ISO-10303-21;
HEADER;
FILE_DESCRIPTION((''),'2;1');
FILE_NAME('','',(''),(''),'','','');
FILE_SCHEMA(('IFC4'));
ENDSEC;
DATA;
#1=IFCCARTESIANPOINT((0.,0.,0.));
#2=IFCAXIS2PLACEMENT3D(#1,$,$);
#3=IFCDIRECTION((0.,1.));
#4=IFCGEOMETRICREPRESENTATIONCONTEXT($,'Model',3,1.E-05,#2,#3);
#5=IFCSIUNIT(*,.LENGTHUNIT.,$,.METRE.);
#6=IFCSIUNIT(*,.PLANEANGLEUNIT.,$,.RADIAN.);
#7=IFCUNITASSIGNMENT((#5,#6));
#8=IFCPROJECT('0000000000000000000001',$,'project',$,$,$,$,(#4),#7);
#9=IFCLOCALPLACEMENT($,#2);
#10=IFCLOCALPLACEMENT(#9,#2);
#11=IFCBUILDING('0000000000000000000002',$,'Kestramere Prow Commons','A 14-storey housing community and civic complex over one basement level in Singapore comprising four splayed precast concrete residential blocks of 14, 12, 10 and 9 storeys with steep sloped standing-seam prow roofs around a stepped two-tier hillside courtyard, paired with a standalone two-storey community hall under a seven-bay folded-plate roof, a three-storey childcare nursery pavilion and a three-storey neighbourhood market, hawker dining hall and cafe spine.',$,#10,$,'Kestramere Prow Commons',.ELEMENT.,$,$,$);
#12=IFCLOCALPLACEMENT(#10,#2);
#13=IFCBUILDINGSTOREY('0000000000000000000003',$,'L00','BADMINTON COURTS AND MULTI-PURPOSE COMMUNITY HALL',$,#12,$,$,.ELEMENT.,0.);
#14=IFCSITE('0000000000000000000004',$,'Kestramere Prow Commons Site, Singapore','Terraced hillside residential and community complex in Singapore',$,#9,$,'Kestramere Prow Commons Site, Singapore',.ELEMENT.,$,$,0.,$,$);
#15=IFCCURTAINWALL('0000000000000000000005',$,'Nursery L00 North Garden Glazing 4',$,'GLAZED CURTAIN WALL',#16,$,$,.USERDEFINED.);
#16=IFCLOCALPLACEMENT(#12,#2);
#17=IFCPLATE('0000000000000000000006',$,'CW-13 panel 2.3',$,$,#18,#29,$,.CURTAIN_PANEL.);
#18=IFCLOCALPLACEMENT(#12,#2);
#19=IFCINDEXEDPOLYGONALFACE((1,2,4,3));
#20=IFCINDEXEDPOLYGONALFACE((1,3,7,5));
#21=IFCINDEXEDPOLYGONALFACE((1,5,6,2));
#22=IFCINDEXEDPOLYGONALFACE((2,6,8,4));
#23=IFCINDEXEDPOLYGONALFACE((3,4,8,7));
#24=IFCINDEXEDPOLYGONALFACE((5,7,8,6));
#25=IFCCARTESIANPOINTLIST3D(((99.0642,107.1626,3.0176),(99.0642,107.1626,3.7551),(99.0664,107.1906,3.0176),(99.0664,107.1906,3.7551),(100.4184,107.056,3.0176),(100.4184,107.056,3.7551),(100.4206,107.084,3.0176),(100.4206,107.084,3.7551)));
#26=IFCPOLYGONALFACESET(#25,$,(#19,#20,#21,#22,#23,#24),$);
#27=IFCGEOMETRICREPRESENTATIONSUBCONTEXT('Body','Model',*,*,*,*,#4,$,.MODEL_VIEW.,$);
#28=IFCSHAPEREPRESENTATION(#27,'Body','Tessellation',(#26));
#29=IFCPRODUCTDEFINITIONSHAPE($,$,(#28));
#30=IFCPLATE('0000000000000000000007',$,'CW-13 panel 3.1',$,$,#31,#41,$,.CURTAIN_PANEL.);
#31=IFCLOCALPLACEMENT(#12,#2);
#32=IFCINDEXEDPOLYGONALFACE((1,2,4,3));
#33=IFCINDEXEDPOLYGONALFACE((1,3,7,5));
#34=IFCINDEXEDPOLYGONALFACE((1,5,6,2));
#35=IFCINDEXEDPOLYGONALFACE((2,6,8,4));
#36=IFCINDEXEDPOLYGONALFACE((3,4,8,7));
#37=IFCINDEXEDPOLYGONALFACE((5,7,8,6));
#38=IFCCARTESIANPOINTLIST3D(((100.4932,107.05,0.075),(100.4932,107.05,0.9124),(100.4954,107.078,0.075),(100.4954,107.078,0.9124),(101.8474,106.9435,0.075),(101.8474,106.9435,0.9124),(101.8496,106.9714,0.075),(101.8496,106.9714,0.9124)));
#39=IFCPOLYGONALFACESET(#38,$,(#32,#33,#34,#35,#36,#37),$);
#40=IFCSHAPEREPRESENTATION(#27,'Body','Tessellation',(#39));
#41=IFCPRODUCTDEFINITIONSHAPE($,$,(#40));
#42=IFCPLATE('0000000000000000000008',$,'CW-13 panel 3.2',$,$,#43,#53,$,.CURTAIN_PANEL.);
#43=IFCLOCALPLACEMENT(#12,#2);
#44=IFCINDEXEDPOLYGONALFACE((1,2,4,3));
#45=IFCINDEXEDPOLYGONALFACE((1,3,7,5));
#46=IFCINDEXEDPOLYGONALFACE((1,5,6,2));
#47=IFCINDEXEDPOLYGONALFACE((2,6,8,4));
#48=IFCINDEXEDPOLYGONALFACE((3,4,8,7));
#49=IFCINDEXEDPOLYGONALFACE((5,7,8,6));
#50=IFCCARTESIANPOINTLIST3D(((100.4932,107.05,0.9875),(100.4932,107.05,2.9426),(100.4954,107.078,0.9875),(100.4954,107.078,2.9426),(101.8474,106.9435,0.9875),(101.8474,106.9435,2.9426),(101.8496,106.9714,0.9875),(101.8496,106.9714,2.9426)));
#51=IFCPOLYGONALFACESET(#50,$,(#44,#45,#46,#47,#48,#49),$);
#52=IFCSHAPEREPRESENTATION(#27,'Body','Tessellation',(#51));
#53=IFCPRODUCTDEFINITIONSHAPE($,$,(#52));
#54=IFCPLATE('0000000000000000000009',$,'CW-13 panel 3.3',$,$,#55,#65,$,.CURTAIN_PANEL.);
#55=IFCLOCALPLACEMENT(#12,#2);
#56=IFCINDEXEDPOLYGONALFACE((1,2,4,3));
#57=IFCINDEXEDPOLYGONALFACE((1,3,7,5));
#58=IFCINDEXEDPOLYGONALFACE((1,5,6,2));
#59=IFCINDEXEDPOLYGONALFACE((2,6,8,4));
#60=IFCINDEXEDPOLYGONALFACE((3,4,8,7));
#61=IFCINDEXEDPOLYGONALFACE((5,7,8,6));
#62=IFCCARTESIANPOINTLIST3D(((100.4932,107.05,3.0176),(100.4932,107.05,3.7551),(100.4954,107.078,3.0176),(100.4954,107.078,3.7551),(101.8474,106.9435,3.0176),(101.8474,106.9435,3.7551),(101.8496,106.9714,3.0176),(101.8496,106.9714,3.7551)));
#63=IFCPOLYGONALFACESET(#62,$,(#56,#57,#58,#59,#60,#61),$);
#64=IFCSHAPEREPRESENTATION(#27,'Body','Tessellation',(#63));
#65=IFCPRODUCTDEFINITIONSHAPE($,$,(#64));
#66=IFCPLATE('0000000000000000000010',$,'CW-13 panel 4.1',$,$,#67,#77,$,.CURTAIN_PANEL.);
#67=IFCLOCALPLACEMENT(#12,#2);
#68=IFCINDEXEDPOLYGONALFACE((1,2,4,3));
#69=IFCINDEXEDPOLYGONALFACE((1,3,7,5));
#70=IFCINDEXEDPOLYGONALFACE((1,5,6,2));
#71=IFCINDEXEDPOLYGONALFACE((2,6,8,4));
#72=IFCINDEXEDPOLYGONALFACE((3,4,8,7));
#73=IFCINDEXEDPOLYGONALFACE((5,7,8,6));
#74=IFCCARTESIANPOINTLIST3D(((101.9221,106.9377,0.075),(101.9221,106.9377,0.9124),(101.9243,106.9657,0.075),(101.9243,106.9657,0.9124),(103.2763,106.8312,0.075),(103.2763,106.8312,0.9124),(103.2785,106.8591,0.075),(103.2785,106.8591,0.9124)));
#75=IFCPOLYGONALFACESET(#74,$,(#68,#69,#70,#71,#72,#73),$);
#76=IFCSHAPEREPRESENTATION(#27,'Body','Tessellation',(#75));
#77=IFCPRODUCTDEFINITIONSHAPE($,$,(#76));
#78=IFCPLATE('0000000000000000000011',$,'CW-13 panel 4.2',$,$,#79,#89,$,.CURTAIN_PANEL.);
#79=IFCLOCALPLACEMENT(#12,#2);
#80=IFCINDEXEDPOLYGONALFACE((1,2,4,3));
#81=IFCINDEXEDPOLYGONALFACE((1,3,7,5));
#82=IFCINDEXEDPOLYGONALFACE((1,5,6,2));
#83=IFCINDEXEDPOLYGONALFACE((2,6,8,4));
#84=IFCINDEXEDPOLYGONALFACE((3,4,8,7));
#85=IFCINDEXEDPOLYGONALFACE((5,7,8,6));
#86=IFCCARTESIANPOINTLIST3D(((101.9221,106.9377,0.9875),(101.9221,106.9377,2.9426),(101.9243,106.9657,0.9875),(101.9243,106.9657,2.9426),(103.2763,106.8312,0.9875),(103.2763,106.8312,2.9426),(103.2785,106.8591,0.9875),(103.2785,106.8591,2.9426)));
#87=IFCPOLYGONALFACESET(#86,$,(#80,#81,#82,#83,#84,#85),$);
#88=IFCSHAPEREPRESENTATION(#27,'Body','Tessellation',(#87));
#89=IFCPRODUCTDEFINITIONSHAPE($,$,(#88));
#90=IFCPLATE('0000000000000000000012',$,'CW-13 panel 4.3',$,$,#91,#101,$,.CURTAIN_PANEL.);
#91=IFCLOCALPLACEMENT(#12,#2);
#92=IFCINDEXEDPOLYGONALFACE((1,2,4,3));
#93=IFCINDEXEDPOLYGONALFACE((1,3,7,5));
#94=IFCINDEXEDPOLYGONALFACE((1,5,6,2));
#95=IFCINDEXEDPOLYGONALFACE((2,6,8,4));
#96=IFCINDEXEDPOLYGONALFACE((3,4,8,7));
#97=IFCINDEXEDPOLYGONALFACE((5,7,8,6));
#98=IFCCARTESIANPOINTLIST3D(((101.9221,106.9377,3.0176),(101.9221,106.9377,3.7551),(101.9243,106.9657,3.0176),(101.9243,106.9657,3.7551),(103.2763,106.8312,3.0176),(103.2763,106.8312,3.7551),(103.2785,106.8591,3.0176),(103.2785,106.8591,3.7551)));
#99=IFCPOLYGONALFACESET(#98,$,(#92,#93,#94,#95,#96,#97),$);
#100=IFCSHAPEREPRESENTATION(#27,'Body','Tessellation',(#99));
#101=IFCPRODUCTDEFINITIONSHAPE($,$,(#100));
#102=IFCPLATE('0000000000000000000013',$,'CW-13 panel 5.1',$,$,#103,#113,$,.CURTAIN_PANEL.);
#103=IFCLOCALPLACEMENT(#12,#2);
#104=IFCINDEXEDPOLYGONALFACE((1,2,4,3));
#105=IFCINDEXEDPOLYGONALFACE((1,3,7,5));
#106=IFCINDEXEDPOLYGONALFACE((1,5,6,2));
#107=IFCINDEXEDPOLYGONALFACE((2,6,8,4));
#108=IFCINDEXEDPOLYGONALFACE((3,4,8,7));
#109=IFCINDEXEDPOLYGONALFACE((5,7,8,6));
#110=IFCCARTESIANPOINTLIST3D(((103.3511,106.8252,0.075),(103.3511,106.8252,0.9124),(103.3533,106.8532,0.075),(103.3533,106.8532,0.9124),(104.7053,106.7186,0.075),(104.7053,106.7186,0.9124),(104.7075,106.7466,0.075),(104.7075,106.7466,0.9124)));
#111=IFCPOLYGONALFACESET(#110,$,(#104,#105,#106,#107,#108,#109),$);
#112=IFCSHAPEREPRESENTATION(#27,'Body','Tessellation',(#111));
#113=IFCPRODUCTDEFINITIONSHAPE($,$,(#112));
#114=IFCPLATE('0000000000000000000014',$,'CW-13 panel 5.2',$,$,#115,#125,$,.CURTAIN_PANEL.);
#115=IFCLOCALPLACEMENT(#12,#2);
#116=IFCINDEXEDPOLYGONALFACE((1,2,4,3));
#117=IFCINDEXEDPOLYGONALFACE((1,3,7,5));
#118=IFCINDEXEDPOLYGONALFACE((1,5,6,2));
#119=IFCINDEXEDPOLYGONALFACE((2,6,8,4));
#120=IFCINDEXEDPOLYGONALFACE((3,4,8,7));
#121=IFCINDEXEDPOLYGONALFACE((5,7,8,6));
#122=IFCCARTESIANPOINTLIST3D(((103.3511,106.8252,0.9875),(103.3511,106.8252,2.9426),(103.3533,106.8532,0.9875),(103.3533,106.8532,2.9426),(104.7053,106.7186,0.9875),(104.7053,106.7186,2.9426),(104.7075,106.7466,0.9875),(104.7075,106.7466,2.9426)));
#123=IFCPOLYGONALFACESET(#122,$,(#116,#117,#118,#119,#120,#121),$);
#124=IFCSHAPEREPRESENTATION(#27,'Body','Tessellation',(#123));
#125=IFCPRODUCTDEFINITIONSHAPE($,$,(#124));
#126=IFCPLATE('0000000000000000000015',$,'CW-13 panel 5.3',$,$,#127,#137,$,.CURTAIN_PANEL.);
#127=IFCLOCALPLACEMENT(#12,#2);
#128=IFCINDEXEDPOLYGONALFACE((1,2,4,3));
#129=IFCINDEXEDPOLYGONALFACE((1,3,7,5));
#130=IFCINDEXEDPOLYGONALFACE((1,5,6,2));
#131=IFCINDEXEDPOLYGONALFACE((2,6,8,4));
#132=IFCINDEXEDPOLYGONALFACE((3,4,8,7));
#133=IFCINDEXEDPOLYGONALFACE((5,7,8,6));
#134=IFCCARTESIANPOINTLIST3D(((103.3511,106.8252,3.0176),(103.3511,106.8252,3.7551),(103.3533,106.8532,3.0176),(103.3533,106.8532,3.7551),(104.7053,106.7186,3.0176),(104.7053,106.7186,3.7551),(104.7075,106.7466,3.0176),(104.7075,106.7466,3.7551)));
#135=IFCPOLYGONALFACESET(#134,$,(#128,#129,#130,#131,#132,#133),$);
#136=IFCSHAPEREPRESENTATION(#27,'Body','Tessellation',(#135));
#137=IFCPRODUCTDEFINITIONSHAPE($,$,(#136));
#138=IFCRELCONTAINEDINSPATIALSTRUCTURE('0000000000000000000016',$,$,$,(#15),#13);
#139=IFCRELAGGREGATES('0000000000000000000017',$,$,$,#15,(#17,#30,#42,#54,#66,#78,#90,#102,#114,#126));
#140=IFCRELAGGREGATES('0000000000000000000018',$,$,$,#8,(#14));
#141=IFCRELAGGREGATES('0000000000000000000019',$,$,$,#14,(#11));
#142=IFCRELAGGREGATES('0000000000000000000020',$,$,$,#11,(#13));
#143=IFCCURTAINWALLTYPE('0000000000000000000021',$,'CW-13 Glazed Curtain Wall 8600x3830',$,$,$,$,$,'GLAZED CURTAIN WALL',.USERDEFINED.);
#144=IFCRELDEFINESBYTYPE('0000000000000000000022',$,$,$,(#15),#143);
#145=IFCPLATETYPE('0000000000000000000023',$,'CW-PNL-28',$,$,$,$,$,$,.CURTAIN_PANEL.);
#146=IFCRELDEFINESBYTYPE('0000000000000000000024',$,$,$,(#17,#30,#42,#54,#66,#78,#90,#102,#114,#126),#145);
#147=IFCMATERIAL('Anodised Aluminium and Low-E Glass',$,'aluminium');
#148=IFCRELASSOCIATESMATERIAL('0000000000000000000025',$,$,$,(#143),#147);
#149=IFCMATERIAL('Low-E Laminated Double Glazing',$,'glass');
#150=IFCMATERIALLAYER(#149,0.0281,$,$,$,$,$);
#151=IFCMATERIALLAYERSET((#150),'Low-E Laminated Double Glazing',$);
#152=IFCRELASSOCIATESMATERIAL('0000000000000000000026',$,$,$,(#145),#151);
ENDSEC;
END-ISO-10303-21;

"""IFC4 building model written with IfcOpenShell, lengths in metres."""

from ifc_helpers import new_model, si_unit, direction, frame, origin, origin_2d, place, context, subcontext, project, spatial, rectangle, extrude, material, layer, layer_set, type_object, element, aggregate, save


model = new_model("IFC4")

# Units and contexts
model_context = context("Model", 3, precision=1e-05, world=origin(), true_north=direction((0.0, 1.0)))
body_context = subcontext(model_context, "Body", "Model", "MODEL_VIEW")
ifc_project = project(units=[si_unit("LENGTHUNIT", "METRE"), si_unit("PLANEANGLEUNIT", "RADIAN")], contexts=[model_context])

# Site, building, storey
site_placement = place(None, origin())
site = spatial("IfcSite", under=ifc_project, at=site_placement, Name="Kestramere Prow Commons Site, Singapore", Description="Terraced hillside residential and community complex in Singapore", LongName="Kestramere Prow Commons Site, Singapore", CompositionType="ELEMENT", RefElevation=0.0)
building_placement = place(site_placement, origin())
building = spatial("IfcBuilding", under=site, at=building_placement, Name="Kestramere Prow Commons", Description="A 14-storey housing community and civic complex over one basement level in Singapore comprising four splayed precast concrete residential blocks of 14, 12, 10 and 9 storeys with steep sloped standing-seam prow roofs around a stepped two-tier hillside courtyard, paired with a standalone two-storey community hall under a seven-bay folded-plate roof, a three-storey childcare nursery pavilion and a three-storey neighbourhood market, hawker dining hall and cafe spine.", LongName="Kestramere Prow Commons", CompositionType="ELEMENT")
storey_placement = place(building_placement, origin())
storey = spatial("IfcBuildingStorey", under=building, at=storey_placement, Name="L00", Description="BADMINTON COURTS AND MULTI-PURPOSE COMMUNITY HALL", CompositionType="ELEMENT", Elevation=0.0)

# Curtain wall, plates
ifc_material_1 = material(Name="Anodised Aluminium and Low-E Glass", Category="aluminium")
curtain_wall_type = type_object("IfcCurtainWallType", Name="CW-13 Glazed Curtain Wall 8600x3830", ElementType="GLAZED CURTAIN WALL", PredefinedType="USERDEFINED", material=ifc_material_1)
curtain_wall_placement = place(storey_placement, origin())
curtain_wall = element("IfcCurtainWall", 1, at=curtain_wall_placement, inside=storey, type_object=curtain_wall_type, Name="Nursery L00 North Garden Glazing 4", ObjectType="GLAZED CURTAIN WALL", PredefinedType="USERDEFINED")
ifc_material_2 = material(Name="Low-E Laminated Double Glazing", Category="glass")
ifc_layer = layer(ifc_material_2, 0.0281)
ifc_layer_set = layer_set([ifc_layer], Name="Low-E Laminated Double Glazing")
plate_type = type_object("IfcPlateType", Name="CW-PNL-28", PredefinedType="CURTAIN_PANEL", material=ifc_layer_set)
plate_1_placement = place(storey_placement, frame((99.7424, 107.1233, 3.0176), z_axis=(0.0, 0.0, 1.0), x_axis=(0.996917, -0.078459, 0.0)))
plate_1 = element("IfcPlate", 2, at=plate_1_placement, type_object=plate_type, Name="CW-13 panel 2.3", PredefinedType="CURTAIN_PANEL", context=body_context, shape_type="SweptSolid", body=[
    extrude(rectangle(XDim=1.3584, YDim=0.0281, at=origin_2d()), origin(), (0.0, 0.0, 1.0), 0.7375),
])
plate_2_placement = place(storey_placement, frame((101.1714, 107.0107, 0.075), z_axis=(0.0, 0.0, 1.0), x_axis=(0.996917, -0.078459, 0.0)))
plate_2 = element("IfcPlate", 3, at=plate_2_placement, type_object=plate_type, Name="CW-13 panel 3.1", PredefinedType="CURTAIN_PANEL", context=body_context, shape_type="SweptSolid", body=[
    extrude(rectangle(XDim=1.3584, YDim=0.0281, at=origin_2d()), origin(), (0.0, 0.0, 1.0), 0.8374),
])
plate_3_placement = place(storey_placement, frame((101.1714, 107.0107, 0.9875), z_axis=(0.0, 0.0, 1.0), x_axis=(0.996917, -0.078459, 0.0)))
plate_3 = element("IfcPlate", 4, at=plate_3_placement, type_object=plate_type, Name="CW-13 panel 3.2", PredefinedType="CURTAIN_PANEL", context=body_context, shape_type="SweptSolid", body=[
    extrude(rectangle(XDim=1.3584, YDim=0.0281, at=origin_2d()), origin(), (0.0, 0.0, 1.0), 1.9551),
])
plate_4_placement = place(storey_placement, frame((101.1714, 107.0107, 3.0176), z_axis=(0.0, 0.0, 1.0), x_axis=(0.996917, -0.078459, 0.0)))
plate_4 = element("IfcPlate", 5, at=plate_4_placement, type_object=plate_type, Name="CW-13 panel 3.3", PredefinedType="CURTAIN_PANEL", context=body_context, shape_type="SweptSolid", body=[
    extrude(rectangle(XDim=1.3584, YDim=0.0281, at=origin_2d()), origin(), (0.0, 0.0, 1.0), 0.7375),
])
plate_5_placement = place(storey_placement, frame((102.6003, 106.8984, 0.075), z_axis=(0.0, 0.0, 1.0), x_axis=(0.996917, -0.078459, 0.0)))
plate_5 = element("IfcPlate", 6, at=plate_5_placement, type_object=plate_type, Name="CW-13 panel 4.1", PredefinedType="CURTAIN_PANEL", context=body_context, shape_type="SweptSolid", body=[
    extrude(rectangle(XDim=1.3584, YDim=0.0281, at=origin_2d()), origin(), (0.0, 0.0, 1.0), 0.8374),
])
plate_6_placement = place(storey_placement, frame((102.6003, 106.8984, 0.9875), z_axis=(0.0, 0.0, 1.0), x_axis=(0.996917, -0.078459, 0.0)))
plate_6 = element("IfcPlate", 7, at=plate_6_placement, type_object=plate_type, Name="CW-13 panel 4.2", PredefinedType="CURTAIN_PANEL", context=body_context, shape_type="SweptSolid", body=[
    extrude(rectangle(XDim=1.3584, YDim=0.0281, at=origin_2d()), origin(), (0.0, 0.0, 1.0), 1.9551),
])
plate_7_placement = place(storey_placement, frame((102.6003, 106.8984, 3.0176), z_axis=(0.0, 0.0, 1.0), x_axis=(0.996917, -0.078459, 0.0)))
plate_7 = element("IfcPlate", 8, at=plate_7_placement, type_object=plate_type, Name="CW-13 panel 4.3", PredefinedType="CURTAIN_PANEL", context=body_context, shape_type="SweptSolid", body=[
    extrude(rectangle(XDim=1.3584, YDim=0.0281, at=origin_2d()), origin(), (0.0, 0.0, 1.0), 0.7375),
])
plate_8_placement = place(storey_placement, frame((104.0293, 106.7859, 0.075), z_axis=(0.0, 0.0, 1.0), x_axis=(0.996917, -0.078459, 0.0)))
plate_8 = element("IfcPlate", 9, at=plate_8_placement, type_object=plate_type, Name="CW-13 panel 5.1", PredefinedType="CURTAIN_PANEL", context=body_context, shape_type="SweptSolid", body=[
    extrude(rectangle(XDim=1.3584, YDim=0.0281, at=origin_2d()), origin(), (0.0, 0.0, 1.0), 0.8374),
])
plate_9_placement = place(storey_placement, frame((104.0293, 106.7859, 0.9875), z_axis=(0.0, 0.0, 1.0), x_axis=(0.996917, -0.078459, 0.0)))
plate_9 = element("IfcPlate", 10, at=plate_9_placement, type_object=plate_type, Name="CW-13 panel 5.2", PredefinedType="CURTAIN_PANEL", context=body_context, shape_type="SweptSolid", body=[
    extrude(rectangle(XDim=1.3584, YDim=0.0281, at=origin_2d()), origin(), (0.0, 0.0, 1.0), 1.9551),
])
plate_10_placement = place(storey_placement, frame((104.0293, 106.7859, 3.0176), z_axis=(0.0, 0.0, 1.0), x_axis=(0.996917, -0.078459, 0.0)))
plate_10 = element("IfcPlate", 11, at=plate_10_placement, type_object=plate_type, Name="CW-13 panel 5.3", PredefinedType="CURTAIN_PANEL", context=body_context, shape_type="SweptSolid", body=[
    extrude(rectangle(XDim=1.3584, YDim=0.0281, at=origin_2d()), origin(), (0.0, 0.0, 1.0), 0.7375),
])
aggregate(curtain_wall, [plate_1, plate_2, plate_3, plate_4, plate_5, plate_6, plate_7, plate_8, plate_9, plate_10])

save(model, "model.ifc")
